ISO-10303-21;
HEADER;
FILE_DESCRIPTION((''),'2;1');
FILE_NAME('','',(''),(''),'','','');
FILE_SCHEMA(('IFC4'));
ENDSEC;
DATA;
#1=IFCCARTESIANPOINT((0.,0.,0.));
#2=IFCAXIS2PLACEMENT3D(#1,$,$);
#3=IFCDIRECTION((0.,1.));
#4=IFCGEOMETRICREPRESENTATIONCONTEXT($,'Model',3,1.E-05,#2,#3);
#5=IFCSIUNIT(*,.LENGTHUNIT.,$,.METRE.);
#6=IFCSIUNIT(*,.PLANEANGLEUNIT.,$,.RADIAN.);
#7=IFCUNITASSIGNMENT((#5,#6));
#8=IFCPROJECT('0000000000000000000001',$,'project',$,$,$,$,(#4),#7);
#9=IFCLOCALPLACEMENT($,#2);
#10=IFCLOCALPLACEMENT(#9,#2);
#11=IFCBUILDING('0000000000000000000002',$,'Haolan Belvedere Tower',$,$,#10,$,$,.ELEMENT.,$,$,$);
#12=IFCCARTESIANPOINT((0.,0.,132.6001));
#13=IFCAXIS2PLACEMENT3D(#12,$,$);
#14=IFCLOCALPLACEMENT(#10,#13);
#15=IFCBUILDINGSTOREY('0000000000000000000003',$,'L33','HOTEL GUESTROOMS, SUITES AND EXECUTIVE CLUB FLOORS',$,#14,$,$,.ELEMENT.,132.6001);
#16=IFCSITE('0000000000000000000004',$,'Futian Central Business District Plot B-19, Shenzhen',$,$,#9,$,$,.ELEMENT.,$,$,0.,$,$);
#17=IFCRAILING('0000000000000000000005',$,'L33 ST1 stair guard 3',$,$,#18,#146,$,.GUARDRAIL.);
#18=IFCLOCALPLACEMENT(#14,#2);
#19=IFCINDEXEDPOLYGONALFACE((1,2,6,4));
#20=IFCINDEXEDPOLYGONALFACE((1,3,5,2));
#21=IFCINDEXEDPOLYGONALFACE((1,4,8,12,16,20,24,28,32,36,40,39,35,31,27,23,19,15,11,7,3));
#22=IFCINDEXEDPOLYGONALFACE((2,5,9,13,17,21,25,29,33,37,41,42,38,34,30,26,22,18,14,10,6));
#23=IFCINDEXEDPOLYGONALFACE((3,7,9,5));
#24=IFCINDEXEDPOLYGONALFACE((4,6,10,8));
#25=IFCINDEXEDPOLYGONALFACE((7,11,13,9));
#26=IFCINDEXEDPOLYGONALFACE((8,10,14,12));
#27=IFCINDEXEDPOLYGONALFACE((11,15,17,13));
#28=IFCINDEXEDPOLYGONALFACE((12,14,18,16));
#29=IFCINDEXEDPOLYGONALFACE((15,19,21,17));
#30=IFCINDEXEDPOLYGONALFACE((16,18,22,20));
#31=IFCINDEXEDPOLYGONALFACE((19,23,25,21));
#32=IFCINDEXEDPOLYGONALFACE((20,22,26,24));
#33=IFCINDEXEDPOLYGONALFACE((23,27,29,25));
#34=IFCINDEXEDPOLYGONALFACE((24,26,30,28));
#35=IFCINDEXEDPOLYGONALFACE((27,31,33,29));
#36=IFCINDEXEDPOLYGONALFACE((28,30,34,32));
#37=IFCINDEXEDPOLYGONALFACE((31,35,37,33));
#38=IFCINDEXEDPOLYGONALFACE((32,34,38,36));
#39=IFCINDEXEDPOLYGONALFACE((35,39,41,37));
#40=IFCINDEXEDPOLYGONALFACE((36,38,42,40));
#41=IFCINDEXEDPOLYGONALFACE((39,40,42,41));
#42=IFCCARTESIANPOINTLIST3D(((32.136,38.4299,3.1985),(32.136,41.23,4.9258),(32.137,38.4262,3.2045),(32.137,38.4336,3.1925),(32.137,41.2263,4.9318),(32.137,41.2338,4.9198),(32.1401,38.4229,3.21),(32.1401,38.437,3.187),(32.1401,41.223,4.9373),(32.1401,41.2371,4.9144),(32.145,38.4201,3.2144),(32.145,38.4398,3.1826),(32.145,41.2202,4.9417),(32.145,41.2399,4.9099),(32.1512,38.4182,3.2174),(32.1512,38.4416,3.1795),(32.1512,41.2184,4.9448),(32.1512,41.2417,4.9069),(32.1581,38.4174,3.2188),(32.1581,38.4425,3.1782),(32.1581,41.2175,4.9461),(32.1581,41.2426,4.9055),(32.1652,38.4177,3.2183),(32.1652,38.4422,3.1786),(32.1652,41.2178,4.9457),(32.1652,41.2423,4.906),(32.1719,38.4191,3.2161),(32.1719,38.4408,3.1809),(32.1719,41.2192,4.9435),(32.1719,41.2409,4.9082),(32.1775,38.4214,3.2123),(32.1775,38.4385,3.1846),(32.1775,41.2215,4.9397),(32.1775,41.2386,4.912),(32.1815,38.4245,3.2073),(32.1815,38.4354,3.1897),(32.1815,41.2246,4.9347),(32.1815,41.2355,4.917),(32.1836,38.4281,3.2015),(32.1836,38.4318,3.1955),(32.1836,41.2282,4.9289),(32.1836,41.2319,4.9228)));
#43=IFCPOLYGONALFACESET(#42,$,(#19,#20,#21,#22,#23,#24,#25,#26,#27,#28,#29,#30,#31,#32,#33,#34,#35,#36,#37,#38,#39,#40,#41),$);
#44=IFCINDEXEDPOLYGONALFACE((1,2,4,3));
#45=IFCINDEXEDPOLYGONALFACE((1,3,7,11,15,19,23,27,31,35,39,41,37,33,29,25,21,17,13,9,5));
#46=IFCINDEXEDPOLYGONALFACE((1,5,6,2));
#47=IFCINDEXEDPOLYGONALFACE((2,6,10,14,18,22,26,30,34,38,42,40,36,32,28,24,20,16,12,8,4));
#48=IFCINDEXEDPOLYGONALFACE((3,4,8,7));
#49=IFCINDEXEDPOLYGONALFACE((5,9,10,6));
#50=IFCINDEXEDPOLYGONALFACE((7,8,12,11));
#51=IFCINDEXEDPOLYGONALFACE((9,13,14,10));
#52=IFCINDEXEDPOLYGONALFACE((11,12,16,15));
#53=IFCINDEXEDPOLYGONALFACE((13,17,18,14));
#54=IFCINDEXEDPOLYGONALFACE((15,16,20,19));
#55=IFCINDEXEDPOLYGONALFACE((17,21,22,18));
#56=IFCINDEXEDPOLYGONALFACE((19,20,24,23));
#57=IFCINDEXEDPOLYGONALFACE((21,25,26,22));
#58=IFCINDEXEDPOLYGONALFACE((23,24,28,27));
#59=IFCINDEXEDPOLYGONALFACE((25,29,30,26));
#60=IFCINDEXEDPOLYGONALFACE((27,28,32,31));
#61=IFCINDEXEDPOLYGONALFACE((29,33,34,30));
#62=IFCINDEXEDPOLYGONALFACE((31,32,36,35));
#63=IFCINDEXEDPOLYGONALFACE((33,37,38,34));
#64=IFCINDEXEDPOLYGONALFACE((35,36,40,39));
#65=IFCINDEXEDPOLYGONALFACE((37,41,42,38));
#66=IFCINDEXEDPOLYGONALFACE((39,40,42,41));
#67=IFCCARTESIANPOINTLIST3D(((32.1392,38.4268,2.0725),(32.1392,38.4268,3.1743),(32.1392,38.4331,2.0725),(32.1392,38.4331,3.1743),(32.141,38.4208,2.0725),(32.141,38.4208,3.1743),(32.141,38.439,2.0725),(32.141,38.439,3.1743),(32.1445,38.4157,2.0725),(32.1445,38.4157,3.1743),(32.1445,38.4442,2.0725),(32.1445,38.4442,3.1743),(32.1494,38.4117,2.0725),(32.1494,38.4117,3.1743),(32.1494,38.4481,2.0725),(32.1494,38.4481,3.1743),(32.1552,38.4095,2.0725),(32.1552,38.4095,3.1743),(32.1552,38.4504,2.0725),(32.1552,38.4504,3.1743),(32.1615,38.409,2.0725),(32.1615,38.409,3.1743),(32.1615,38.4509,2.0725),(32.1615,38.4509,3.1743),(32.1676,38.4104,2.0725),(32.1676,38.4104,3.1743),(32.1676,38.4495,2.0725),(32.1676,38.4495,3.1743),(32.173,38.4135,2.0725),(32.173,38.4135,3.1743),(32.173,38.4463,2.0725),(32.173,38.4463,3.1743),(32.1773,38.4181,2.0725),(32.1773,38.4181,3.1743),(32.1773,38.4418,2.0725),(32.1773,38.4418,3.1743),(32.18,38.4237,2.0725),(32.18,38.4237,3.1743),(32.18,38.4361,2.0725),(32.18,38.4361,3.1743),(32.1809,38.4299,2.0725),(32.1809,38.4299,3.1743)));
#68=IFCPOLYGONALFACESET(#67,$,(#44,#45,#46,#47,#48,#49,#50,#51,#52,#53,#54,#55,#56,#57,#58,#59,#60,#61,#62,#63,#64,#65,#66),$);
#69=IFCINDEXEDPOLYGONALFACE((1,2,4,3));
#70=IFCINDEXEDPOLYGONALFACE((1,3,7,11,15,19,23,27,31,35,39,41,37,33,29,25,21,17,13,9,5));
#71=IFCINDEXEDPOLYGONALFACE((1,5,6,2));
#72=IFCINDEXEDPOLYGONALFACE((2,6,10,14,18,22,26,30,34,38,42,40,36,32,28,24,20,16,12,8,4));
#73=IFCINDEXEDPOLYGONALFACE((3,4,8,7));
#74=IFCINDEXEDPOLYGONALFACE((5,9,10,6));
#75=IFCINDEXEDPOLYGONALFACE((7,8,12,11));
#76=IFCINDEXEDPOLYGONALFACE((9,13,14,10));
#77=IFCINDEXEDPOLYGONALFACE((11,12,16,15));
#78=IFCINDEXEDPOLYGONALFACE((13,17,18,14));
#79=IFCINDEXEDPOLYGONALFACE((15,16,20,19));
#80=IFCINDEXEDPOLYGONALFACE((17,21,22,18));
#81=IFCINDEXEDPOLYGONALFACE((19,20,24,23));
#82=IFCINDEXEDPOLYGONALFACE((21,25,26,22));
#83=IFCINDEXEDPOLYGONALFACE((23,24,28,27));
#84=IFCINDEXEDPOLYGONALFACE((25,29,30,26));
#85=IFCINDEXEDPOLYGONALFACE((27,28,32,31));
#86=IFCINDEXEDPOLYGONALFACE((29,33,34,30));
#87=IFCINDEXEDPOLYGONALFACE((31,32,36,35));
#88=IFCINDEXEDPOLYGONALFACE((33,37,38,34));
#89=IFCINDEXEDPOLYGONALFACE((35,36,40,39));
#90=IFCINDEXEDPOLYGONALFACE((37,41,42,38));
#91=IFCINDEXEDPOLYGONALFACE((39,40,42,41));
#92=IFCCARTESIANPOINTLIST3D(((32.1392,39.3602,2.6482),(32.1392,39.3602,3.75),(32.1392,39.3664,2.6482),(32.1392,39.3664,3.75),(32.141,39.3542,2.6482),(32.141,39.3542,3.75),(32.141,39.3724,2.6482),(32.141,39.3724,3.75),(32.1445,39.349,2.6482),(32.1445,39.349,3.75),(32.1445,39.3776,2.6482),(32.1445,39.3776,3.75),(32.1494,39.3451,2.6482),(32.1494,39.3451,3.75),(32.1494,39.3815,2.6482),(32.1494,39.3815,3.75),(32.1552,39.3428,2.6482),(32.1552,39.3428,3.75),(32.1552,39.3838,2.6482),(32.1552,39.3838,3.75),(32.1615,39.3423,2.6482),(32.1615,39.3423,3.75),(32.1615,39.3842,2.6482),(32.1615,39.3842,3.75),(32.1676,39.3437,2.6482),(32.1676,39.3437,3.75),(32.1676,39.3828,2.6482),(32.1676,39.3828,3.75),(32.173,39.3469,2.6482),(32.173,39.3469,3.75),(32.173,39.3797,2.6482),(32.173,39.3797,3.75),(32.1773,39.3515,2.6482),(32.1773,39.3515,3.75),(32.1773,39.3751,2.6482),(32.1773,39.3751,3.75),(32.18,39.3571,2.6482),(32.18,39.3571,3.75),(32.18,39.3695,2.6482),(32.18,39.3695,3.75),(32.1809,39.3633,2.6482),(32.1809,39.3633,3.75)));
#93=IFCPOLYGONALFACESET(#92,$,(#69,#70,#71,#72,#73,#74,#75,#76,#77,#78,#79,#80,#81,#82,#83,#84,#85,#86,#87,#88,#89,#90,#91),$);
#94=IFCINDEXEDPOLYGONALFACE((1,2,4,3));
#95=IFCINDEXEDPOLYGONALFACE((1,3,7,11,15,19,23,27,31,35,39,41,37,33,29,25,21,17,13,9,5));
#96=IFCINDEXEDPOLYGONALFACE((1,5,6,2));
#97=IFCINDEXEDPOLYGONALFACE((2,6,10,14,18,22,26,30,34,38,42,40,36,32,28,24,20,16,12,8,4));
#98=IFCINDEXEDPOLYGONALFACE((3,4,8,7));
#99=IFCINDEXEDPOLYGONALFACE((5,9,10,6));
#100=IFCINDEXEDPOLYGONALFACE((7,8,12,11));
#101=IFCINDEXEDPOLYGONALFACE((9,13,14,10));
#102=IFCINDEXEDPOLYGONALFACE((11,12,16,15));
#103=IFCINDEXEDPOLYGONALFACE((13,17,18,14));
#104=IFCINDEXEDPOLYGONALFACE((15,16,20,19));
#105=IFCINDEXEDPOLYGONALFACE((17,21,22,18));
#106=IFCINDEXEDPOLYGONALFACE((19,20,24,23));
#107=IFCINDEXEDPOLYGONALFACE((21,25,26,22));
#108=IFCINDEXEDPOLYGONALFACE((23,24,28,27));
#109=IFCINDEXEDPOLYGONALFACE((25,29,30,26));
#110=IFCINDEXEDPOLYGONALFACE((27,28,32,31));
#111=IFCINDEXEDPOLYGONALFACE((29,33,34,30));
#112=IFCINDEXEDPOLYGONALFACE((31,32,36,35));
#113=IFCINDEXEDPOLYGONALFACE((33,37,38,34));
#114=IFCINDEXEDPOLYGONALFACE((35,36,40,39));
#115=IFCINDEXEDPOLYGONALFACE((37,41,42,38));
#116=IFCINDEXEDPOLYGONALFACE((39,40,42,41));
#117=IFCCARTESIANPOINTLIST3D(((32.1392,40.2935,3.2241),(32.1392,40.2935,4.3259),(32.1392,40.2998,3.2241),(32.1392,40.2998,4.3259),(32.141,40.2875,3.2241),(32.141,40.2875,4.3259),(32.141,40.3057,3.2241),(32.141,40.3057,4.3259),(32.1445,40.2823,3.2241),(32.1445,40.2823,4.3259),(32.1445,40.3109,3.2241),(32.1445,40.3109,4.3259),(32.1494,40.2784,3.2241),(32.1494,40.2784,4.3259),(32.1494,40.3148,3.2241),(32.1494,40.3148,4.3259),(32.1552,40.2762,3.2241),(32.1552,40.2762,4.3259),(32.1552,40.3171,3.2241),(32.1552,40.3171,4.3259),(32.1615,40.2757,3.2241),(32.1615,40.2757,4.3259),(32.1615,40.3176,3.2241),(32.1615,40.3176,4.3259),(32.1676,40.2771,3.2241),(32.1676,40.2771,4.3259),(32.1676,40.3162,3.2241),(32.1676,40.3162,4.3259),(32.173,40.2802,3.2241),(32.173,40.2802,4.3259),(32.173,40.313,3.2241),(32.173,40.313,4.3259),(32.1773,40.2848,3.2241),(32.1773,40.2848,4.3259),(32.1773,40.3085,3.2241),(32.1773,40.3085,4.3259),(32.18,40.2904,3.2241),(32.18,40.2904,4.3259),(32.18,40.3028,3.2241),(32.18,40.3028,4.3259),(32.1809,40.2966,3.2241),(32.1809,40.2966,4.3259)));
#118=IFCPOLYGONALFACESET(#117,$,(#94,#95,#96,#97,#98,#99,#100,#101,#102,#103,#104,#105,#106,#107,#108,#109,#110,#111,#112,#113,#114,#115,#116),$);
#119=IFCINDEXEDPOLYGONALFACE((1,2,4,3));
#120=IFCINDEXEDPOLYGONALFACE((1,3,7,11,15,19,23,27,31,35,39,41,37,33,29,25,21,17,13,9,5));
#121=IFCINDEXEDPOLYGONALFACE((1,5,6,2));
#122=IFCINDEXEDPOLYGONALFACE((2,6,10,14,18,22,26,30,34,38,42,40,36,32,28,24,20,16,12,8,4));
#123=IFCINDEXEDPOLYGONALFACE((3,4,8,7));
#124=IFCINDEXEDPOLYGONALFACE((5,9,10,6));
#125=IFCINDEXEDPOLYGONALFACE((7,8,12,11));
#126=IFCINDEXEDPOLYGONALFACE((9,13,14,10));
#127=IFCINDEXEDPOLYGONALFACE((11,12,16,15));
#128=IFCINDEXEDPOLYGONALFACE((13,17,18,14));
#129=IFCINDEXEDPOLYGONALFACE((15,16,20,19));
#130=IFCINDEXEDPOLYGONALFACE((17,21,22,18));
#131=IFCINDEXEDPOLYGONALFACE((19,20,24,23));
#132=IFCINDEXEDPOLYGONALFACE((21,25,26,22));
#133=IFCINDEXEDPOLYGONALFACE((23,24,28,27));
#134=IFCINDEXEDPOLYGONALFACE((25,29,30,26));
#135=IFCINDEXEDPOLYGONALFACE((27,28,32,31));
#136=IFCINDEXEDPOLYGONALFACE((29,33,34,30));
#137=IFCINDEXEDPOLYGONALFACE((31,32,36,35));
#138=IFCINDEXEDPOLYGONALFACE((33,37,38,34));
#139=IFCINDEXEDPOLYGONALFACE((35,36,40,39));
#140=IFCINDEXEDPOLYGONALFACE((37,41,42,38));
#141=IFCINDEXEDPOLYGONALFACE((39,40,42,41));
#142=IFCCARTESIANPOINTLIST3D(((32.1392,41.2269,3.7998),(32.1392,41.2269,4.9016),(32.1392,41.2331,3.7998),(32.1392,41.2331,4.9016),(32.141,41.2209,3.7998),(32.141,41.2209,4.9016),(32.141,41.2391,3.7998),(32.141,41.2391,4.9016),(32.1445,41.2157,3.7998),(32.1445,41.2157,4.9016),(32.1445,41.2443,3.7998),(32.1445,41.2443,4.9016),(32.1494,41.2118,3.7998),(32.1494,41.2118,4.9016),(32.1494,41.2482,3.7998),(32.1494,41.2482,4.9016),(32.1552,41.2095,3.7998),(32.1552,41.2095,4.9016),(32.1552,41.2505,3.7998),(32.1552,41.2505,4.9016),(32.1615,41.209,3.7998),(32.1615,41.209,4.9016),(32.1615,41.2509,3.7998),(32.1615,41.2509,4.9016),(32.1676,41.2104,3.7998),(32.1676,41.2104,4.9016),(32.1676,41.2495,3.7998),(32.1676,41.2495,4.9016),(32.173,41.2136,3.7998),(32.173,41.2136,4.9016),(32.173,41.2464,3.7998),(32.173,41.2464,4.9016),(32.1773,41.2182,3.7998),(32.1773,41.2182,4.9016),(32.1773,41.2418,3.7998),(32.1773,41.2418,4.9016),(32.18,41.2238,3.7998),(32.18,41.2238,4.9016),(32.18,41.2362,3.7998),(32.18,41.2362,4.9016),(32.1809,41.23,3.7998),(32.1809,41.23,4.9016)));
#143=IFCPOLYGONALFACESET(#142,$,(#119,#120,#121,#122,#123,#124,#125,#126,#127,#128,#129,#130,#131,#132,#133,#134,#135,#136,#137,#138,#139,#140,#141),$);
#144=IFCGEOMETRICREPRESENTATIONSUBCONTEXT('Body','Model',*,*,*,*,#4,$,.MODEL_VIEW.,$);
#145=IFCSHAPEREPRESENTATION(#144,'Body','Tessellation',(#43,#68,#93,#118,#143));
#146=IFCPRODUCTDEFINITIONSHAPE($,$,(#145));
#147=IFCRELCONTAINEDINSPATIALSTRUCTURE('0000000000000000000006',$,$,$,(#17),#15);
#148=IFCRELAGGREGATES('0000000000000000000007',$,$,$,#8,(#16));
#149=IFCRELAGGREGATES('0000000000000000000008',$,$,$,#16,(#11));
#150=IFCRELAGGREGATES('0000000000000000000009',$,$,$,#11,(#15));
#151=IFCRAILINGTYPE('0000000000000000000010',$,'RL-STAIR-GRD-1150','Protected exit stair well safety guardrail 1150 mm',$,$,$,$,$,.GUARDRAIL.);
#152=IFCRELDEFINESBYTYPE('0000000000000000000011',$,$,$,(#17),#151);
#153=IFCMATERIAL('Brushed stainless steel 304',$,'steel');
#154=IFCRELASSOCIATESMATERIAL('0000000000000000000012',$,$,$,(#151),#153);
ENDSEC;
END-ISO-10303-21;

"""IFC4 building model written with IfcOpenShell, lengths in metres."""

from ifc_helpers import new_model, si_unit, direction, frame, origin, origin_2d, place, context, subcontext, project, spatial, circle, extrude, material, type_object, element, save


model = new_model("IFC4")

# Units and contexts
model_context = context("Model", 3, precision=1e-05, world=origin(), true_north=direction((0.0, 1.0)))
body_context = subcontext(model_context, "Body", "Model", "MODEL_VIEW")
ifc_project = project(units=[si_unit("LENGTHUNIT", "METRE"), si_unit("PLANEANGLEUNIT", "RADIAN")], contexts=[model_context])

# Site, building, storey
site_placement = place(None, origin())
site = spatial("IfcSite", under=ifc_project, at=site_placement, Name="Futian Central Business District Plot B-19, Shenzhen", CompositionType="ELEMENT", RefElevation=0.0)
building_placement = place(site_placement, origin())
building = spatial("IfcBuilding", under=site, at=building_placement, Name="Haolan Belvedere Tower", CompositionType="ELEMENT")
storey_placement = place(building_placement, frame((0.0, 0.0, 132.6001)))
storey = spatial("IfcBuildingStorey", under=building, at=storey_placement, Name="L33", Description="HOTEL GUESTROOMS, SUITES AND EXECUTIVE CLUB FLOORS", CompositionType="ELEMENT", Elevation=132.6001)

# Railing
ifc_material_1 = material(Name="Brushed stainless steel 304", Category="steel")
railing_type_1 = type_object("IfcRailingType", Name="RL-STAIR-GRD-1150", Description="Protected exit stair well safety guardrail 1150 mm", PredefinedType="GUARDRAIL", material=ifc_material_1)
railing_1_placement = place(storey_placement, frame((32.1599, 38.4299, 2.0725)))
element("IfcRailing", 1, at=railing_1_placement, inside=storey, type_object=railing_type_1, Name="L33 ST1 stair guard 3", PredefinedType="GUARDRAIL", context=body_context, shape_type="SweptSolid", body=[
    extrude(circle(Radius=0.0239, at=origin_2d()), frame((0.0, 0.0, 1.126), z_axis=(0.0, 0.85109, 0.52502), x_axis=(-1.0, 0.0, 0.0)), (0.0, 0.0, 1.0), 3.29),
    extrude(circle(Radius=0.021, at=origin_2d()), origin(), (0.0, 0.0, 1.0), 1.1018),
    extrude(circle(Radius=0.021, at=origin_2d()), frame((0.0, 0.9333, 0.5757)), (0.0, 0.0, 1.0), 1.1018),
    extrude(circle(Radius=0.021, at=origin_2d()), frame((0.0, 1.8667, 1.1516)), (0.0, 0.0, 1.0), 1.1018),
    extrude(circle(Radius=0.021, at=origin_2d()), frame((0.0, 2.8, 1.7273)), (0.0, 0.0, 1.0), 1.1018),
])

save(model, "model.ifc")
